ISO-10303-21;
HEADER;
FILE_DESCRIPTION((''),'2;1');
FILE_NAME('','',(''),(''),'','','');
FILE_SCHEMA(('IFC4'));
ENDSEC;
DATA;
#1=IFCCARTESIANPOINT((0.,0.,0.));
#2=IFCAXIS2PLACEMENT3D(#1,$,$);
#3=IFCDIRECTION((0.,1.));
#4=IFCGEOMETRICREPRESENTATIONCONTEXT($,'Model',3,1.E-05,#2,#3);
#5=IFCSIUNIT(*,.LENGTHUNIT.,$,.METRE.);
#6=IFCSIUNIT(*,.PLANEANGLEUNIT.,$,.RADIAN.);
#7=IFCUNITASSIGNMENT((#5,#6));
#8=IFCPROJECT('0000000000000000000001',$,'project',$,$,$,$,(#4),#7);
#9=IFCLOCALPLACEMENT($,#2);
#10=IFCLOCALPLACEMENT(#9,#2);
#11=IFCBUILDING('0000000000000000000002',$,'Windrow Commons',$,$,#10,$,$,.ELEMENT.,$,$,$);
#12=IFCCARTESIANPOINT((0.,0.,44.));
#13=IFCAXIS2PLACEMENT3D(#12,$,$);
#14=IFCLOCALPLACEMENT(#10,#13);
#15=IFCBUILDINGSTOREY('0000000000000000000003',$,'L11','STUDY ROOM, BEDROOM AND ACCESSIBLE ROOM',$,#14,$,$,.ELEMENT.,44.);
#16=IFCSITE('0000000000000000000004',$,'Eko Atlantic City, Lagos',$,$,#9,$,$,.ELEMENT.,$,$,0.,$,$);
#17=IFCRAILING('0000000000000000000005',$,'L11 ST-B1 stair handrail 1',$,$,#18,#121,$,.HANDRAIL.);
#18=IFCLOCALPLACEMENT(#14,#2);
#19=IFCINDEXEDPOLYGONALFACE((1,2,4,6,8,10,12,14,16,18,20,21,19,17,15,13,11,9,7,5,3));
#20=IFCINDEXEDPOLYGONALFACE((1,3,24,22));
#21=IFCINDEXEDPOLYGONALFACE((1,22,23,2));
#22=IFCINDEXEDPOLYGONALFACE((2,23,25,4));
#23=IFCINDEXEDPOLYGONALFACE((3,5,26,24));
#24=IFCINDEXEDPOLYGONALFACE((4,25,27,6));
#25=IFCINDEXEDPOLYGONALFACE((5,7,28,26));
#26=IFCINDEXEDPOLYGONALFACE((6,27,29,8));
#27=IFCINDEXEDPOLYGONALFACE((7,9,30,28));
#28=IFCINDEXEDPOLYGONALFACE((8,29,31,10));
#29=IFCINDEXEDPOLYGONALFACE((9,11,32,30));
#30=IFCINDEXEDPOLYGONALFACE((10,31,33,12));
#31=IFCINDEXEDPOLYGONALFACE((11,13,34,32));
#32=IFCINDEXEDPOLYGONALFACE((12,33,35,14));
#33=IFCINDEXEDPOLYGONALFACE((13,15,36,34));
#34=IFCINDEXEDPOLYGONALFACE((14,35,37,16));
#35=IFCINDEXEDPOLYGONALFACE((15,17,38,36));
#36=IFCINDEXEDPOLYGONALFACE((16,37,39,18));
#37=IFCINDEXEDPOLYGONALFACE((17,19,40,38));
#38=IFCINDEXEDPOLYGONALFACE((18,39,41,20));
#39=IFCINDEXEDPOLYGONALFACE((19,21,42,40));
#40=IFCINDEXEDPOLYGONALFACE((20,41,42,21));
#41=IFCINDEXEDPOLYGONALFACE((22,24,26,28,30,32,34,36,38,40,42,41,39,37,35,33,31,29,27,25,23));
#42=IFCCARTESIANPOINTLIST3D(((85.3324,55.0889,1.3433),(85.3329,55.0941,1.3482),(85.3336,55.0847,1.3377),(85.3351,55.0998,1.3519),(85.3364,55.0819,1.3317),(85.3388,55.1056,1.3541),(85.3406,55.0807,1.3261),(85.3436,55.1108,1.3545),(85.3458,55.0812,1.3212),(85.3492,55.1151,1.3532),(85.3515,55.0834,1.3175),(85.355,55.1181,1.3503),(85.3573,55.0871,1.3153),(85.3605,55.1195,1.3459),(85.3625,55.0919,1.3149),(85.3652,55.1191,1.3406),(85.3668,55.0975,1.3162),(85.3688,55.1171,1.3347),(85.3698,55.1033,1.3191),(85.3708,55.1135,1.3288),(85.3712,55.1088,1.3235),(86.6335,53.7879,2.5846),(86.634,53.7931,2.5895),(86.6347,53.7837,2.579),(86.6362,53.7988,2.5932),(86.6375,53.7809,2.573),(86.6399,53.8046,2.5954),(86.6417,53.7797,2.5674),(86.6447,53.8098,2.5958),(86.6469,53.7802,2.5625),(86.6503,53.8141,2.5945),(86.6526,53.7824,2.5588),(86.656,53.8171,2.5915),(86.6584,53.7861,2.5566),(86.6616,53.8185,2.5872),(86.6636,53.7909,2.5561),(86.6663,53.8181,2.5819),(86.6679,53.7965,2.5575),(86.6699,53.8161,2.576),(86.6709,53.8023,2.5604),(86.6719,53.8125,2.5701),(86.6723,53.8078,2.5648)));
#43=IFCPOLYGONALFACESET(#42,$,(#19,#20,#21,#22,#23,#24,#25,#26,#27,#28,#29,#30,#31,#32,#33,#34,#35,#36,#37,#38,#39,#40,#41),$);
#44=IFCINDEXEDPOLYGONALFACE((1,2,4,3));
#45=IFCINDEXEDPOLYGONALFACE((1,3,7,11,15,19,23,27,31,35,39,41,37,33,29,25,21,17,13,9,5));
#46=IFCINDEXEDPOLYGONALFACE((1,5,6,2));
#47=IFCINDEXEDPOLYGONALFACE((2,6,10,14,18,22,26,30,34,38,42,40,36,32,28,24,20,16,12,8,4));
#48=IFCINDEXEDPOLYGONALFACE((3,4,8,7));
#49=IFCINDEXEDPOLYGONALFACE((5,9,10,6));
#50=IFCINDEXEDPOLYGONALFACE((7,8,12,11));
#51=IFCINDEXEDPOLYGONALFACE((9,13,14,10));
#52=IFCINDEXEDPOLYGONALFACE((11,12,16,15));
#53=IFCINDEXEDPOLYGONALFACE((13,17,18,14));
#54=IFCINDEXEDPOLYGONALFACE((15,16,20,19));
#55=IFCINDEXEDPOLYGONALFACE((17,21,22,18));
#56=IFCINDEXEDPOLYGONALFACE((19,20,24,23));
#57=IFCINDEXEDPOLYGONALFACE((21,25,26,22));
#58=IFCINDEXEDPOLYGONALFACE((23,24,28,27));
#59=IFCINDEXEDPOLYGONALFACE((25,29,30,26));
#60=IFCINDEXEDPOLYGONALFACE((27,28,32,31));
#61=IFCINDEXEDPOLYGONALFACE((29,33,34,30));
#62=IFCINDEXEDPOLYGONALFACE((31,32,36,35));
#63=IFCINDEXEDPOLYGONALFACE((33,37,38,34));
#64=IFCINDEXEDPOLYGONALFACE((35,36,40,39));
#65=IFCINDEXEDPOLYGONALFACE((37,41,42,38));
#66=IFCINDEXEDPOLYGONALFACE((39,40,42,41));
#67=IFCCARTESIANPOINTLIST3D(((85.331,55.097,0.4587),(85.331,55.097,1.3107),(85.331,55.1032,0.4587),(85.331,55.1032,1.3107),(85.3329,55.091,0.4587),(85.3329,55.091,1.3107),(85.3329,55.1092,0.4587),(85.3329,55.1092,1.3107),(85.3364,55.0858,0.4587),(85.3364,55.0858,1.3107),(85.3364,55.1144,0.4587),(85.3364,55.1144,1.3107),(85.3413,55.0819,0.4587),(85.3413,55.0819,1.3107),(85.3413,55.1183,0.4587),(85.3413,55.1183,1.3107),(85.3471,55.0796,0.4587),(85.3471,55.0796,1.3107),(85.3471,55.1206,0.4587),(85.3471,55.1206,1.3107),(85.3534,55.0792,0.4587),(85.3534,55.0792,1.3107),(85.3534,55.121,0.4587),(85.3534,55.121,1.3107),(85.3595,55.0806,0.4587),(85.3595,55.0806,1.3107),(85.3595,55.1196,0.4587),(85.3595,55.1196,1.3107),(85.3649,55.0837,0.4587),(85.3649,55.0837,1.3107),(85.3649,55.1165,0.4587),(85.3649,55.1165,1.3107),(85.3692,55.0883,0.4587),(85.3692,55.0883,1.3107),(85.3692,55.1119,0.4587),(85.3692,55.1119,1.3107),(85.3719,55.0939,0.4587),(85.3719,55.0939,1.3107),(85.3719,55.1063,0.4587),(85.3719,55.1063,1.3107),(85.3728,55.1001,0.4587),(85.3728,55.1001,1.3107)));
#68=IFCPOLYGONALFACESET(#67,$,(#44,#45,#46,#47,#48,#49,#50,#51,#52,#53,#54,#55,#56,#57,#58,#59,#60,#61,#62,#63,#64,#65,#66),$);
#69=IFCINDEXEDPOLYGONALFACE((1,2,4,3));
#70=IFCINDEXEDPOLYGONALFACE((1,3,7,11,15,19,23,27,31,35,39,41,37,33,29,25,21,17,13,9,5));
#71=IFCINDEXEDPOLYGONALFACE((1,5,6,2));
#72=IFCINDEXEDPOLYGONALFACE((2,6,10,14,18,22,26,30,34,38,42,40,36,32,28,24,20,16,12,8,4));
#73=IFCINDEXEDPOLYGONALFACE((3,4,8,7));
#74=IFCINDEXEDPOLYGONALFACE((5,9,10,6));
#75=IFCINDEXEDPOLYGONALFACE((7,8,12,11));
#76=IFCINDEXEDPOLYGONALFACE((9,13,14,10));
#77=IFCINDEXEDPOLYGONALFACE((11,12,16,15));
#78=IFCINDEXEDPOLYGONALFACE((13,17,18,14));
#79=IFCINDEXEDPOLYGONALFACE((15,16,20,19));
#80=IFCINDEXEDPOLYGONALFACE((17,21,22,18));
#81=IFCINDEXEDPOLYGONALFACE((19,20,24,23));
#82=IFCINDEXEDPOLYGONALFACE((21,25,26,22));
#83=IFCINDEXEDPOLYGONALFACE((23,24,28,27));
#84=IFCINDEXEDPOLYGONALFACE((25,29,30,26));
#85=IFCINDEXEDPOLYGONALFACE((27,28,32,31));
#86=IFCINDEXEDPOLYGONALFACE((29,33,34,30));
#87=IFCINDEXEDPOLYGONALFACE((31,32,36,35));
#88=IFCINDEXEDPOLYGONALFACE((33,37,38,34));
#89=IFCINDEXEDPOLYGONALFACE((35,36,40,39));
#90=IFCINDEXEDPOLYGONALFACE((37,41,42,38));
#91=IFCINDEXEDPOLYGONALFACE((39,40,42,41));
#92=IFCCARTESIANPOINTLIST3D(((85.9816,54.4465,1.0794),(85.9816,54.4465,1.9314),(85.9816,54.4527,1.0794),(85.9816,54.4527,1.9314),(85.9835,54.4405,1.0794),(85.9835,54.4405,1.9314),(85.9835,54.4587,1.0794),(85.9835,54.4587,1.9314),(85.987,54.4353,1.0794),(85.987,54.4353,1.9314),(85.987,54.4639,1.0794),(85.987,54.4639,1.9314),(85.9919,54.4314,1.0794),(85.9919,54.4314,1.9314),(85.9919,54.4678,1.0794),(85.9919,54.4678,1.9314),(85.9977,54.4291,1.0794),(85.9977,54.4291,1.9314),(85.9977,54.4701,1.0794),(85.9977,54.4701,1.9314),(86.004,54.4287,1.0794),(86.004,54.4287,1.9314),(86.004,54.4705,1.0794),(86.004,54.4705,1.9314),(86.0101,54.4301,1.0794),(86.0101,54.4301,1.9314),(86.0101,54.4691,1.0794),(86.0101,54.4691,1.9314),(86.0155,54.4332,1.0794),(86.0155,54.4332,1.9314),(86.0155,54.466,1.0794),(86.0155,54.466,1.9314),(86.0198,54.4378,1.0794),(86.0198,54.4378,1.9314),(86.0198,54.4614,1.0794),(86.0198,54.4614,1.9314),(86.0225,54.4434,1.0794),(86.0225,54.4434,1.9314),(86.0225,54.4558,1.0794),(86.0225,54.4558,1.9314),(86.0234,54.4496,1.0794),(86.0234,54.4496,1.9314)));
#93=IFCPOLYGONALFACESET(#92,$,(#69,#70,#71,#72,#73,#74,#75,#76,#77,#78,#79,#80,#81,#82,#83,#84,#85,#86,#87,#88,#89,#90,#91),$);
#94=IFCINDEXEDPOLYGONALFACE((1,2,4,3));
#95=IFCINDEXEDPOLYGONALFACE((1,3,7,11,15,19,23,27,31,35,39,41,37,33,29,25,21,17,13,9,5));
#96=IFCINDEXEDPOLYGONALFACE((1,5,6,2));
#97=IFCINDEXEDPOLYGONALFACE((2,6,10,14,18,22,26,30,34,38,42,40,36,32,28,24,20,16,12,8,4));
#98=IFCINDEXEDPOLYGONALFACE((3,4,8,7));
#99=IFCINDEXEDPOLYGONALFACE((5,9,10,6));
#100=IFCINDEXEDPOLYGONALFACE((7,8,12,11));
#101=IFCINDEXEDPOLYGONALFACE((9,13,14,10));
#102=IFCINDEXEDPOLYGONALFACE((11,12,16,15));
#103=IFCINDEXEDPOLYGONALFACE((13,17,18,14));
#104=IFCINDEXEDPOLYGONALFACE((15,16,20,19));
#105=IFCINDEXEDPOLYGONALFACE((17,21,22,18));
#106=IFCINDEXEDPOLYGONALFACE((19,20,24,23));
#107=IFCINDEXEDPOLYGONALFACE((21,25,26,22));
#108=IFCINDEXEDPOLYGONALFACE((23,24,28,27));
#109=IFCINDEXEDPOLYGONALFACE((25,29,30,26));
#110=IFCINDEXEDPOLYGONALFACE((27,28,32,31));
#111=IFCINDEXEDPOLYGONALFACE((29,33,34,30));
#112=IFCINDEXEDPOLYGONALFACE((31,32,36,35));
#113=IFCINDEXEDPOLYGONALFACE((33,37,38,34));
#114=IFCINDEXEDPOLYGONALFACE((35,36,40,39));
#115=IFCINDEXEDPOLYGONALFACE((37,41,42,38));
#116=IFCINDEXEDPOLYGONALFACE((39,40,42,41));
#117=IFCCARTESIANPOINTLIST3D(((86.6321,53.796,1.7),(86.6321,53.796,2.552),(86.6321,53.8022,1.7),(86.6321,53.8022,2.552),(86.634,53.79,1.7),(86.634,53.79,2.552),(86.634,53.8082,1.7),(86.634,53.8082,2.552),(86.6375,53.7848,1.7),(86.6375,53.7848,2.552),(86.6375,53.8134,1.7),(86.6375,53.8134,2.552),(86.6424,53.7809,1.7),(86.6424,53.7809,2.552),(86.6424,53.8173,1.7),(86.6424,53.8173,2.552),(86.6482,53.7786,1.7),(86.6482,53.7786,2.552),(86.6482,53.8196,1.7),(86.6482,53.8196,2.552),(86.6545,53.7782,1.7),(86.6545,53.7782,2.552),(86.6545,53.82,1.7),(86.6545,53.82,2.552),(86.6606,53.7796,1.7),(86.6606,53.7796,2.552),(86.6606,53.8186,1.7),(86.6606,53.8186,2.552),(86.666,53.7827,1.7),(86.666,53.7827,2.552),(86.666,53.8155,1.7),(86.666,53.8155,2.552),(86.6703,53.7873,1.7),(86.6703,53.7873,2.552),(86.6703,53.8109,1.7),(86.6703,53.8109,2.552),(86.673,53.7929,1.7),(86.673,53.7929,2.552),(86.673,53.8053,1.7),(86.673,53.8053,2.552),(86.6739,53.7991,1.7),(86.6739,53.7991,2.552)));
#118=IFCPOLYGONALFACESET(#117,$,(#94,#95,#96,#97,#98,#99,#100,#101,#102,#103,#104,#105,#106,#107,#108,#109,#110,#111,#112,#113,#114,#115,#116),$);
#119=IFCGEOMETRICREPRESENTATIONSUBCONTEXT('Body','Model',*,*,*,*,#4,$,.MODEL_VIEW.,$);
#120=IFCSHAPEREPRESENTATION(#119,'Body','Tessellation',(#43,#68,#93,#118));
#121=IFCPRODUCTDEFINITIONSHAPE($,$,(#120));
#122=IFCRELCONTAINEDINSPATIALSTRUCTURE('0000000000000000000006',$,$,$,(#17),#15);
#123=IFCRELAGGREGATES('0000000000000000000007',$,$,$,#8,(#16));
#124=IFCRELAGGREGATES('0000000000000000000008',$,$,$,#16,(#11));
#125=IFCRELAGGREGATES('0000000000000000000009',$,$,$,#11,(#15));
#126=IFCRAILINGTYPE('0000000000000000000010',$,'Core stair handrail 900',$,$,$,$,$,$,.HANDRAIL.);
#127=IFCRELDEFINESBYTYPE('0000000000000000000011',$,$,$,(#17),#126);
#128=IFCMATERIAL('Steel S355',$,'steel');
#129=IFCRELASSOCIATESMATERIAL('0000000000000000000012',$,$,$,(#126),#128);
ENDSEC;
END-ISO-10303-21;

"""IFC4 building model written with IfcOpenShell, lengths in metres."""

from ifc_helpers import new_model, si_unit, direction, frame, origin, origin_2d, place, context, subcontext, project, spatial, circle, extrude, material, type_object, element, save


model = new_model("IFC4")

# Units and contexts
model_context = context("Model", 3, precision=1e-05, world=origin(), true_north=direction((0.0, 1.0)))
body_context = subcontext(model_context, "Body", "Model", "MODEL_VIEW")
ifc_project = project(units=[si_unit("LENGTHUNIT", "METRE"), si_unit("PLANEANGLEUNIT", "RADIAN")], contexts=[model_context])

# Site, building, storey
site_placement = place(None, origin())
site = spatial("IfcSite", under=ifc_project, at=site_placement, Name="Eko Atlantic City, Lagos", CompositionType="ELEMENT", RefElevation=0.0)
building_placement = place(site_placement, origin())
building = spatial("IfcBuilding", under=site, at=building_placement, Name="Windrow Commons", CompositionType="ELEMENT")
storey_placement = place(building_placement, frame((0.0, 0.0, 44.0)))
storey = spatial("IfcBuildingStorey", under=building, at=storey_placement, Name="L11", Description="STUDY ROOM, BEDROOM AND ACCESSIBLE ROOM", CompositionType="ELEMENT", Elevation=44.0)

# Railing
ifc_material_1 = material(Name="Steel S355", Category="steel")
railing_type_1 = type_object("IfcRailingType", Name="Core stair handrail 900", PredefinedType="HANDRAIL", material=ifc_material_1)
railing_1_placement = place(storey_placement, frame((85.3518, 55.1001, 0.4587)))
element("IfcRailing", 1, at=railing_1_placement, inside=storey, type_object=railing_type_1, Name="L11 ST-B1 stair handrail 1", PredefinedType="HANDRAIL", context=body_context, shape_type="SweptSolid", body=[
    extrude(circle(Radius=0.024, at=origin_2d()), frame((0.0, 0.0, 0.876), z_axis=(0.586207, -0.586162, 0.559264), x_axis=(0.70708, 0.707134, 0.0)), (0.0, 0.0, 1.0), 2.2195),
    extrude(circle(Radius=0.021, at=origin_2d()), origin(), (0.0, 0.0, 1.0), 0.852),
    extrude(circle(Radius=0.021, at=origin_2d()), frame((0.6506, -0.6505, 0.6207)), (0.0, 0.0, 1.0), 0.852),
    extrude(circle(Radius=0.021, at=origin_2d()), frame((1.3011, -1.301, 1.2413)), (0.0, 0.0, 1.0), 0.852),
])

save(model, "model.ifc")
